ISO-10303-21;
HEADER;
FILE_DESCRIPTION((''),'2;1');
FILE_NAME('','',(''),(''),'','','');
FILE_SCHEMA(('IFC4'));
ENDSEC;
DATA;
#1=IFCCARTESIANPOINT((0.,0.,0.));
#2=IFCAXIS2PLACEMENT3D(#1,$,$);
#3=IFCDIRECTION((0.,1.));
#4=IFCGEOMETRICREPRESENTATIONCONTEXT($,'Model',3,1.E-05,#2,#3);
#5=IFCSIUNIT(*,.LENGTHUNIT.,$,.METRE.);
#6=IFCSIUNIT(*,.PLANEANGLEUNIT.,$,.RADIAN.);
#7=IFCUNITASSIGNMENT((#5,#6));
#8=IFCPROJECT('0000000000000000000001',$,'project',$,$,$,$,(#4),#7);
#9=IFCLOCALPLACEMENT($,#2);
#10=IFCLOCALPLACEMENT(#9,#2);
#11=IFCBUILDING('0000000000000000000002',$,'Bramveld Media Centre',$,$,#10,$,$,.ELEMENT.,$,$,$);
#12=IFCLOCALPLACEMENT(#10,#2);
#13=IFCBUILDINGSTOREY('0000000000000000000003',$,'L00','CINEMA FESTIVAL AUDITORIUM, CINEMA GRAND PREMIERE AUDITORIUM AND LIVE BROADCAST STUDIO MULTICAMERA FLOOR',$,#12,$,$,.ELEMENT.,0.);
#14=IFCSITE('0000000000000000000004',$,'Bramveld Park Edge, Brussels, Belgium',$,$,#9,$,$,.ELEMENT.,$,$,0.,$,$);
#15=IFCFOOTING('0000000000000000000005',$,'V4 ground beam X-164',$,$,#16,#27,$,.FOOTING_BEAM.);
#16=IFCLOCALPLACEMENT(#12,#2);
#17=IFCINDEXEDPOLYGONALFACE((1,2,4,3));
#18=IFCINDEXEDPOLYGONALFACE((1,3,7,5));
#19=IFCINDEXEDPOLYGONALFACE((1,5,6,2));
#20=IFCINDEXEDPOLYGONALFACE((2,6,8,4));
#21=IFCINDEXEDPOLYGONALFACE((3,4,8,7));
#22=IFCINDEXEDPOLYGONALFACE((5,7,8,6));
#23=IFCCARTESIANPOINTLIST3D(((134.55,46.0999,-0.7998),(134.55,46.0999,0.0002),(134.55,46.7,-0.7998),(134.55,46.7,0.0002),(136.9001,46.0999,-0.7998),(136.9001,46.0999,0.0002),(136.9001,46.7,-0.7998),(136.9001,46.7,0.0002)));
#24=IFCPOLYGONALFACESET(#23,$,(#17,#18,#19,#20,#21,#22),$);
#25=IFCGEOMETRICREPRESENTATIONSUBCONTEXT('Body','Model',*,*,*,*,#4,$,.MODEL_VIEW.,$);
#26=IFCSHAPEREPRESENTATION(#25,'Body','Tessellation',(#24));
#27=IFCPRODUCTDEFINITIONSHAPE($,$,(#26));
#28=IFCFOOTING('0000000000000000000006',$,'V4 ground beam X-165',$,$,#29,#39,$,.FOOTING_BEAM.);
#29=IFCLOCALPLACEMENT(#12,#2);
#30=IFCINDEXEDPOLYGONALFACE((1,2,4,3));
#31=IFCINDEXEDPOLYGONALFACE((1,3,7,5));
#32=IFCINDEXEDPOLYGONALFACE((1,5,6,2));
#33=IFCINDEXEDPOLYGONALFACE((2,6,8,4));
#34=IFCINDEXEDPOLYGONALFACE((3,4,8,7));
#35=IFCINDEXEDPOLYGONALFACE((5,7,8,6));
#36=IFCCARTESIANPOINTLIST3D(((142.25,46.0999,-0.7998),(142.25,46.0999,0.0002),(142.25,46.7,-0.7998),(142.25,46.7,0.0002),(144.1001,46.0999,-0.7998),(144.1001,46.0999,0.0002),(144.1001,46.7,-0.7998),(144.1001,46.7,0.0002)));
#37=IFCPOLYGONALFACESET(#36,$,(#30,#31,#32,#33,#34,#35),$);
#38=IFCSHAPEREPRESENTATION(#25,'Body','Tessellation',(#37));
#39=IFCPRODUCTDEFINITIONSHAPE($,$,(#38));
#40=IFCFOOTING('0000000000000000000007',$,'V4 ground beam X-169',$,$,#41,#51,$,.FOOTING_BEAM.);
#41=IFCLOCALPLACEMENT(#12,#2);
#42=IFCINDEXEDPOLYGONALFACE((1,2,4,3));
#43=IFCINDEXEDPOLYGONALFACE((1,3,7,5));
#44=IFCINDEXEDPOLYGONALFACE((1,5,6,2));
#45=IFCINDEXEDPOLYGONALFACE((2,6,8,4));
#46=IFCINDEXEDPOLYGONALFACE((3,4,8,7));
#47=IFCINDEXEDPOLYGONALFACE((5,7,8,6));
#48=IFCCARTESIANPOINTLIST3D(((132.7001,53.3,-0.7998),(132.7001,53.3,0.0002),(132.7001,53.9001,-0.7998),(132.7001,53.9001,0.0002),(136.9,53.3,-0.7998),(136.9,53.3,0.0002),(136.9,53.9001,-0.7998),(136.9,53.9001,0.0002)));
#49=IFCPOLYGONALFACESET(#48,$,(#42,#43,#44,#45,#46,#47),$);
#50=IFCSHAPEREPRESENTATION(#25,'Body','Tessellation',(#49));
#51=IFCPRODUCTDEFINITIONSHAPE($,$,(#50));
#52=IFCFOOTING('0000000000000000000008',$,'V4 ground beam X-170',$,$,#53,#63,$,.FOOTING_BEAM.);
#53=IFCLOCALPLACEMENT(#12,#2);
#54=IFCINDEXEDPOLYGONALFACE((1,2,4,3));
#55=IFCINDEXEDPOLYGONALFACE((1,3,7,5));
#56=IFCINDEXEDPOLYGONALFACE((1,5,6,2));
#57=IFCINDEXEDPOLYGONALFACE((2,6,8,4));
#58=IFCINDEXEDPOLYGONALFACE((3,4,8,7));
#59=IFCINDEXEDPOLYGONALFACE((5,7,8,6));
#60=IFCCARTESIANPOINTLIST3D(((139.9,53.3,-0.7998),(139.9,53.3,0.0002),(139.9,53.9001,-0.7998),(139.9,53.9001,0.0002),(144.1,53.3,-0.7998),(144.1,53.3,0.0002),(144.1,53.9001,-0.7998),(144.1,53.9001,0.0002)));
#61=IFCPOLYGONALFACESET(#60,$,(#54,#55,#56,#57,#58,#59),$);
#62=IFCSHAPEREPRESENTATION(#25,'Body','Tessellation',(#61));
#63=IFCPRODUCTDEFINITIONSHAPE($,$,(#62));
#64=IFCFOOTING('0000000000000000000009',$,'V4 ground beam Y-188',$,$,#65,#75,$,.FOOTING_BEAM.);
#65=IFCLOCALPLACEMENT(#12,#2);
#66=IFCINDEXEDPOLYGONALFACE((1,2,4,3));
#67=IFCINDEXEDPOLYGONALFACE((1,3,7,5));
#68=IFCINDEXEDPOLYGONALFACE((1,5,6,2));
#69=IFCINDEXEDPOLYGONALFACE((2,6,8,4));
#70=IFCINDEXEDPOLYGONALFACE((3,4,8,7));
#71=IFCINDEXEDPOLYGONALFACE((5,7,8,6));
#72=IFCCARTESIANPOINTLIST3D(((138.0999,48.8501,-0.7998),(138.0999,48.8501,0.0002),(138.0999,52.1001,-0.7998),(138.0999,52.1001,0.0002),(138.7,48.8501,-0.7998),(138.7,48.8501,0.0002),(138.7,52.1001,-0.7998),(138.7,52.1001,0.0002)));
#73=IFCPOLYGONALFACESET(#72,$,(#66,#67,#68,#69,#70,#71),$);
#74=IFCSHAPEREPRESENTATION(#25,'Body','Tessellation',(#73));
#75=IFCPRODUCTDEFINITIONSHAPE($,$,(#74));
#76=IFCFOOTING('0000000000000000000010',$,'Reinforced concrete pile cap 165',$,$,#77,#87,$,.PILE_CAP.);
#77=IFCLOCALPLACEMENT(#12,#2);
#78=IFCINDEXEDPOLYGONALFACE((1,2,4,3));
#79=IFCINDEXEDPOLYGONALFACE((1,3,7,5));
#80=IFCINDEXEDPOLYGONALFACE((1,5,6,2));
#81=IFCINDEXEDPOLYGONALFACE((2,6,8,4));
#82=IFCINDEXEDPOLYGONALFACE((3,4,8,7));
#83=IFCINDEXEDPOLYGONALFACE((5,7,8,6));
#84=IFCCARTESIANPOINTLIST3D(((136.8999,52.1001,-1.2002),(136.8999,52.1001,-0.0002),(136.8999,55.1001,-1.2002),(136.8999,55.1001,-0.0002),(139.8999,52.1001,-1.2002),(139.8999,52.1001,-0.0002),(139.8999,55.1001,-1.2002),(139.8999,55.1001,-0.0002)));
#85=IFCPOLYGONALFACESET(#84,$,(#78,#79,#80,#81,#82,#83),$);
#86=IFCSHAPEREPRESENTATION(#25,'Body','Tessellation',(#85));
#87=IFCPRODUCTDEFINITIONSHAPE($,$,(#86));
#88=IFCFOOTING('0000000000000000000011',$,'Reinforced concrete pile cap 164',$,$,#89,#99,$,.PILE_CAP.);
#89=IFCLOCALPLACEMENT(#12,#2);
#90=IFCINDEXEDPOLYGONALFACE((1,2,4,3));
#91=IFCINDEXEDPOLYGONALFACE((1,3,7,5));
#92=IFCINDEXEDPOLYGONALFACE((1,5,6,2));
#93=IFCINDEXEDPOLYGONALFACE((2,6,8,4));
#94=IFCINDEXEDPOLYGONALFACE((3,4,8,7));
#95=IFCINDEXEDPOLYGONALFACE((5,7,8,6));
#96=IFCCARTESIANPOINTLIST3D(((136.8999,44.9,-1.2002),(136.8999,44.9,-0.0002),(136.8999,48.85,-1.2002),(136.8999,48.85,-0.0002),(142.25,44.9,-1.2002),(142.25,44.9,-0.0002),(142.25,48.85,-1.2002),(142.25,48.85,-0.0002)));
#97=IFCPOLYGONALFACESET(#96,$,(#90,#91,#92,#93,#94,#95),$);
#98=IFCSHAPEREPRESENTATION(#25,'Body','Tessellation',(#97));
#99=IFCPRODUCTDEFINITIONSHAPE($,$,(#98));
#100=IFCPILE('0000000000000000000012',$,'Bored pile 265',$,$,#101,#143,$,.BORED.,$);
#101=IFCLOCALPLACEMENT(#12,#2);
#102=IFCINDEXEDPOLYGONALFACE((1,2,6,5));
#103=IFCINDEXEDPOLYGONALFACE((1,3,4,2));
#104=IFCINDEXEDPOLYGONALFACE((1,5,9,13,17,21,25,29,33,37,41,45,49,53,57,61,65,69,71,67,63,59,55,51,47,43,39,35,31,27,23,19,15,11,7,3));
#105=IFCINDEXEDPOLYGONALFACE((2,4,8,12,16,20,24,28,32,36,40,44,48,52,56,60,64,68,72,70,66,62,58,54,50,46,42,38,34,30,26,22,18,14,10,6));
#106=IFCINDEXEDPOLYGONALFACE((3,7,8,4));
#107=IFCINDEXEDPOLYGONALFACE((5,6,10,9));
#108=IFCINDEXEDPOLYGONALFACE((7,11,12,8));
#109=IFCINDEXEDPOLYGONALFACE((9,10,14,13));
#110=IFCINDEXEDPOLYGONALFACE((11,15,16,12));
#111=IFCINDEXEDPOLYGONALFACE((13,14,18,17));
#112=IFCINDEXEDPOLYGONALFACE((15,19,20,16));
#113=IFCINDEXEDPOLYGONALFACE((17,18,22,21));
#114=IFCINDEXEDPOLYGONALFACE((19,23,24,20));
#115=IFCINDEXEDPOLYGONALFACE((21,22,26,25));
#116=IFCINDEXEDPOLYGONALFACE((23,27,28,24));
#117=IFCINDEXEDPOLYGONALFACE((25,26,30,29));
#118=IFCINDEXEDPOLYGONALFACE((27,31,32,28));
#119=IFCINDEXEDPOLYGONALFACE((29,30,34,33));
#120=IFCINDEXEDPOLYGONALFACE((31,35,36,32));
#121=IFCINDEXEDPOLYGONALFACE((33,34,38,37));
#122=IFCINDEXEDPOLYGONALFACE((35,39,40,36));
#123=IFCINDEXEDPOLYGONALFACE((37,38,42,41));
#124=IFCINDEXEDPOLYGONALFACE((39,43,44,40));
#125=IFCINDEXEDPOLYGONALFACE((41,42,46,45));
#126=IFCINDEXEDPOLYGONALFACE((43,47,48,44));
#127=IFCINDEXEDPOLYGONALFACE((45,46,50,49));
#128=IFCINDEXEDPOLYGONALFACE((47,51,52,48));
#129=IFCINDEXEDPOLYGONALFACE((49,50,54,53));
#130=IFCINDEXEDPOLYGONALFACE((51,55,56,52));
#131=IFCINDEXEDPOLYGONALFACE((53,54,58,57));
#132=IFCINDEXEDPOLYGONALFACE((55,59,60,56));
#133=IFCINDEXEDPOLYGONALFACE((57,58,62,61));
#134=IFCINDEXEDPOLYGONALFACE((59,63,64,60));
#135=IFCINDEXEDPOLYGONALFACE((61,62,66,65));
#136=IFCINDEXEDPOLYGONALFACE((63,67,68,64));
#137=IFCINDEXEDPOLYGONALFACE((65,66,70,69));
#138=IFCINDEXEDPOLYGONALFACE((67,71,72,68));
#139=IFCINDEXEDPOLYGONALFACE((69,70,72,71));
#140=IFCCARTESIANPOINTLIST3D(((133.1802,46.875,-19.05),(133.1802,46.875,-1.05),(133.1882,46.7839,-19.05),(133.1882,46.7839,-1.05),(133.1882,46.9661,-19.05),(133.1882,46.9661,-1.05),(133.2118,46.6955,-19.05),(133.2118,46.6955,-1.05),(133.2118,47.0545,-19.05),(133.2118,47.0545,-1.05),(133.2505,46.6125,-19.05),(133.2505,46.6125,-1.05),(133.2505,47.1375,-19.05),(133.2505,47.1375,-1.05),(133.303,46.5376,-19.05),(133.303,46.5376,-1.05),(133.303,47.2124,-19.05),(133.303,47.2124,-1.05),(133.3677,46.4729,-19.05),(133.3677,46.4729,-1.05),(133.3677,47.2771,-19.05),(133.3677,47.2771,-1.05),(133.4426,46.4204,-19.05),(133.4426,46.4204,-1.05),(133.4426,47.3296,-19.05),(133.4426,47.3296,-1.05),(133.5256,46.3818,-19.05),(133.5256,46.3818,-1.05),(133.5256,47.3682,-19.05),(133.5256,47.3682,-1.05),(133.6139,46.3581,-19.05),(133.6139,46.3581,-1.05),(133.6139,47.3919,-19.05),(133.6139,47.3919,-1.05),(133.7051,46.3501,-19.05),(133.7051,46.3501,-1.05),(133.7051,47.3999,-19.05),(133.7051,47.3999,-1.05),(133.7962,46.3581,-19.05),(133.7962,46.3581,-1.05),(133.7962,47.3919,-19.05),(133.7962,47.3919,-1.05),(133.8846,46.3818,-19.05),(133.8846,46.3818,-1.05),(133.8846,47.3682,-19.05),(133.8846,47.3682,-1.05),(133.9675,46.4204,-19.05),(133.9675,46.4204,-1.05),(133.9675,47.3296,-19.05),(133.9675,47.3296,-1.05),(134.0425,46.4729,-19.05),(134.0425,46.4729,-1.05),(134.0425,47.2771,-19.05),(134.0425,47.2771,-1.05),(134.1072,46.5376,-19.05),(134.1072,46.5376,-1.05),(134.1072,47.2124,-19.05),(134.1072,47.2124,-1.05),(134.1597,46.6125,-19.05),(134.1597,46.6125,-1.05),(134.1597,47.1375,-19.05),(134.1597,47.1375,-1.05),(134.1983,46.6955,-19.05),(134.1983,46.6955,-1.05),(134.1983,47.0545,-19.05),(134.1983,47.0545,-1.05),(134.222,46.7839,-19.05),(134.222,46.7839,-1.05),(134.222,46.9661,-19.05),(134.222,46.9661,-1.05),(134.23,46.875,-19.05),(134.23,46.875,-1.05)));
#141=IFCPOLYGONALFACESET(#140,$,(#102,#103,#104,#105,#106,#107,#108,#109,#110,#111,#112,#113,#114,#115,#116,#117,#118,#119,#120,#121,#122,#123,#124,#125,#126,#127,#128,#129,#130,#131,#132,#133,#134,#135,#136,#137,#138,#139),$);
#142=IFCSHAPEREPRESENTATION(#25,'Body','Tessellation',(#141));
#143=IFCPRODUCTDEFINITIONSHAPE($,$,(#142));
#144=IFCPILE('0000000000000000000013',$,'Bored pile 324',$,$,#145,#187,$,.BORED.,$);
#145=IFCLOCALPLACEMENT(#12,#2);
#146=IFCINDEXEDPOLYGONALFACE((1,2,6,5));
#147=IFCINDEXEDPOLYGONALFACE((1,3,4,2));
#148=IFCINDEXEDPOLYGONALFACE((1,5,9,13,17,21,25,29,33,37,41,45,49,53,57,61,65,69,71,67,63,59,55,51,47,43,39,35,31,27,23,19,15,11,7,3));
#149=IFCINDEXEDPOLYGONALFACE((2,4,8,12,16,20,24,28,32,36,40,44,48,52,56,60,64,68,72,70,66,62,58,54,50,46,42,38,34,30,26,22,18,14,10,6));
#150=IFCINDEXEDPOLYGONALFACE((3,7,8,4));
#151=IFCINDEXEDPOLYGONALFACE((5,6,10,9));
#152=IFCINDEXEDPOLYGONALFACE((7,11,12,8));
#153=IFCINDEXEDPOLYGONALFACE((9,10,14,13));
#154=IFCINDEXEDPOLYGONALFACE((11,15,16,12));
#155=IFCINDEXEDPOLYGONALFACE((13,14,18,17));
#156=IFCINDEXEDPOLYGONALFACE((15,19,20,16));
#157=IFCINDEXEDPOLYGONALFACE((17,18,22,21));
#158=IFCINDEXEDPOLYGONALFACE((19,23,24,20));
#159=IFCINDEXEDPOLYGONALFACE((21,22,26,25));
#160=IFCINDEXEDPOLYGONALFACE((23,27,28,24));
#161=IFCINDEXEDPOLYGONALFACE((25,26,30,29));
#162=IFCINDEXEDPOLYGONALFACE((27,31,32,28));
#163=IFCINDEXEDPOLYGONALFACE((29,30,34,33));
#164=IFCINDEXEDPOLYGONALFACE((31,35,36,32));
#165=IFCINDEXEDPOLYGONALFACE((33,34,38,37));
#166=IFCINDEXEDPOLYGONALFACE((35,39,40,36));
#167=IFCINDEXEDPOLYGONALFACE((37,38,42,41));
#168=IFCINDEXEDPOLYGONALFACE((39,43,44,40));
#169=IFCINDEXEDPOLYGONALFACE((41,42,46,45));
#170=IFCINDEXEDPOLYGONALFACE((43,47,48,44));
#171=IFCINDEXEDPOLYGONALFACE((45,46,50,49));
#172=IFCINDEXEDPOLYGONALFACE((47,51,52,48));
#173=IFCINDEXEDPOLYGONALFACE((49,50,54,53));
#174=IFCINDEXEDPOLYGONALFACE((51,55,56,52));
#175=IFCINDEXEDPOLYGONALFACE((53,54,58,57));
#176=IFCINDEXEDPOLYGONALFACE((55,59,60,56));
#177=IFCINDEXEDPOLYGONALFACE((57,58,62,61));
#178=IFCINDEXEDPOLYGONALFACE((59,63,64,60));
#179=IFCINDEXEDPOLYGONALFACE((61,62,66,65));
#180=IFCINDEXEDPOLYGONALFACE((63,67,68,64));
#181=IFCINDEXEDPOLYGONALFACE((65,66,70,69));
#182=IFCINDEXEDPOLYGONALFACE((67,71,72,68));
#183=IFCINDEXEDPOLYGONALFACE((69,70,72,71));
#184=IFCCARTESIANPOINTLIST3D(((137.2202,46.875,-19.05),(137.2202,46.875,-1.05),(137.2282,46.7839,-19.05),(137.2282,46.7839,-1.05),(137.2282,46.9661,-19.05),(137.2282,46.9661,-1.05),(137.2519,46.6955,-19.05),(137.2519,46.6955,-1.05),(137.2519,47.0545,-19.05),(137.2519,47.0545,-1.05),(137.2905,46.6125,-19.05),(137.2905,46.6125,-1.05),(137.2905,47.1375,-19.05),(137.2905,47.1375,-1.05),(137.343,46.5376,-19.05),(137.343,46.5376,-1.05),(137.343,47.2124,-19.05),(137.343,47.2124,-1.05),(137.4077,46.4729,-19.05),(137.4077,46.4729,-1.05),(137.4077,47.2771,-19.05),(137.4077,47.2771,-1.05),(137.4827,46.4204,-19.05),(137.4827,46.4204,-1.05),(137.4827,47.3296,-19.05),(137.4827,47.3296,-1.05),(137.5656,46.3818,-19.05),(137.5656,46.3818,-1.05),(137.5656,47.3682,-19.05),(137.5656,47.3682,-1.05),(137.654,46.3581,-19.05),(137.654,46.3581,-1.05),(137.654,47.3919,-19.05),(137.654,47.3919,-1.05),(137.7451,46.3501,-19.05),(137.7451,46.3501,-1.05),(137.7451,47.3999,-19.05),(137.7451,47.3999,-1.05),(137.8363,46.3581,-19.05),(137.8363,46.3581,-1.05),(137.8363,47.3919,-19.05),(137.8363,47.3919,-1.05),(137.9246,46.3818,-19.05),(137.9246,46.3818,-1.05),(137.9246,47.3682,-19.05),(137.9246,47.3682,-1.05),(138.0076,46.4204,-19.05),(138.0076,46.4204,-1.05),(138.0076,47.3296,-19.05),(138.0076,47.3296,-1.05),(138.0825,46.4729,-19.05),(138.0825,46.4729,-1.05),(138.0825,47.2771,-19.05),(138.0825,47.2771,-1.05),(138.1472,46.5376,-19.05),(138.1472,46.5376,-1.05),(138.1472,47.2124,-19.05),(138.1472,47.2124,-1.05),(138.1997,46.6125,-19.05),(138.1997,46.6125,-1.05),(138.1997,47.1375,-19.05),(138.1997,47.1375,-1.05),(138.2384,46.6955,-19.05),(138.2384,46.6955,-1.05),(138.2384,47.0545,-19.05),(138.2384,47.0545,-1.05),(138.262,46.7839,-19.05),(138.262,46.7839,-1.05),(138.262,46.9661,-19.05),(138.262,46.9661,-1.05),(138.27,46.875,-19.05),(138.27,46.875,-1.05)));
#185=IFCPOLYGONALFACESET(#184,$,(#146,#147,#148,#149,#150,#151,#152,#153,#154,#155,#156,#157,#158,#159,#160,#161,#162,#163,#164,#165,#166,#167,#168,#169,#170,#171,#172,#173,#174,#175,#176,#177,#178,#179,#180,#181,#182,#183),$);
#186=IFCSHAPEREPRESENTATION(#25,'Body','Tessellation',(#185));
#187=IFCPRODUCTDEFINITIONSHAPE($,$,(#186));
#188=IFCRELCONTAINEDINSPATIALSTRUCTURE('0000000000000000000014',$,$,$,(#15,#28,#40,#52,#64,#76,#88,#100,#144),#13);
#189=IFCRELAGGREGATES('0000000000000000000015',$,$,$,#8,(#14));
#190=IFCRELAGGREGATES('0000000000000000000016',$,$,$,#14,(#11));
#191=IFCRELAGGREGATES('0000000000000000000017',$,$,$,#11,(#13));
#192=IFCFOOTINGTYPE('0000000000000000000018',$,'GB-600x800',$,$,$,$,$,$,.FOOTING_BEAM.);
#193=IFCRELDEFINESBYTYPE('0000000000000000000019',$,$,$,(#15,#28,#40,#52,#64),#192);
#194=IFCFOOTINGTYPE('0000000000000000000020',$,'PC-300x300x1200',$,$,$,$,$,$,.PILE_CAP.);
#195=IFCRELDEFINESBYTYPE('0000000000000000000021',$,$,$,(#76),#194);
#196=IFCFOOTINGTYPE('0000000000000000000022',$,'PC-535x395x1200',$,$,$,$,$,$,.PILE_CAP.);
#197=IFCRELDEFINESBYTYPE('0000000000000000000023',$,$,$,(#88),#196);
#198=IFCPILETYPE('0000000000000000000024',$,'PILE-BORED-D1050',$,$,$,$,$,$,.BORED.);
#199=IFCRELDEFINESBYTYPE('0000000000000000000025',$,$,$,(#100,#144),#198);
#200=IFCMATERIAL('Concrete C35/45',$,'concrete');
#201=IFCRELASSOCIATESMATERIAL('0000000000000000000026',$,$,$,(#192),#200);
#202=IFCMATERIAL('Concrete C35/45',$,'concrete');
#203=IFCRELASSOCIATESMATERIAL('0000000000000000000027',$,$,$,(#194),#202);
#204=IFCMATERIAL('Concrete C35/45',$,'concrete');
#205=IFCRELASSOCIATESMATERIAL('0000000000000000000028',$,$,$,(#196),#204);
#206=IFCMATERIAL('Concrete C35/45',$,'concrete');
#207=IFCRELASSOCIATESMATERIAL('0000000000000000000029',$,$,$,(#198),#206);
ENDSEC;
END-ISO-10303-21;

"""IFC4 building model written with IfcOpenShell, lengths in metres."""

from ifc_helpers import new_model, si_unit, direction, frame, origin, origin_2d, place, context, subcontext, project, spatial, rectangle, circle, extrude, material, material_profile, profile_set, type_object, element, save


model = new_model("IFC4")

# Units and contexts
model_context = context("Model", 3, precision=1e-05, world=origin(), true_north=direction((0.0, 1.0)))
body_context = subcontext(model_context, "Body", "Model", "MODEL_VIEW")
ifc_project = project(units=[si_unit("LENGTHUNIT", "METRE"), si_unit("PLANEANGLEUNIT", "RADIAN")], contexts=[model_context])

# Site, building, storey
site_placement = place(None, origin())
site = spatial("IfcSite", under=ifc_project, at=site_placement, Name="Bramveld Park Edge, Brussels, Belgium", CompositionType="ELEMENT", RefElevation=0.0)
building_placement = place(site_placement, origin())
building = spatial("IfcBuilding", under=site, at=building_placement, Name="Bramveld Media Centre", CompositionType="ELEMENT")
storey_placement = place(building_placement, origin())
storey = spatial("IfcBuildingStorey", under=building, at=storey_placement, Name="L00", Description="CINEMA FESTIVAL AUDITORIUM, CINEMA GRAND PREMIERE AUDITORIUM AND LIVE BROADCAST STUDIO MULTICAMERA FLOOR", CompositionType="ELEMENT", Elevation=0.0)

# Footings
ifc_material_1 = material(Name="Concrete C35/45", Category="concrete")
footing_type_1 = type_object("IfcFootingType", Name="GB-600x800", PredefinedType="FOOTING_BEAM", material=ifc_material_1)
footing_1_placement = place(storey_placement, frame((135.7251, 46.3999, -0.7998), z_axis=(0.0, 0.0, 1.0), x_axis=(1.0, 0.0, 0.0)))
element("IfcFooting", 1, at=footing_1_placement, inside=storey, type_object=footing_type_1, Name="V4 ground beam X-164", PredefinedType="FOOTING_BEAM", context=body_context, shape_type="SweptSolid", body=[
    extrude(rectangle(XDim=2.3501, YDim=0.6001, at=origin_2d()), origin(), (0.0, 0.0, 1.0), 0.8),
])
footing_2_placement = place(storey_placement, frame((143.175, 46.3999, -0.7998), z_axis=(0.0, 0.0, 1.0), x_axis=(1.0, 0.0, 0.0)))
element("IfcFooting", 2, at=footing_2_placement, inside=storey, type_object=footing_type_1, Name="V4 ground beam X-165", PredefinedType="FOOTING_BEAM", context=body_context, shape_type="SweptSolid", body=[
    extrude(rectangle(XDim=1.8501, YDim=0.6001, at=origin_2d()), origin(), (0.0, 0.0, 1.0), 0.8),
])
for number, where, z_axis, x_axis, name in (
    (3, (134.8, 53.6001, -0.7998), (0.0, 0.0, 1.0), (1.0, 0.0, 0.0), "V4 ground beam X-169"),
    (4, (142.0, 53.6001, -0.7998), (0.0, 0.0, 1.0), (1.0, 0.0, 0.0), "V4 ground beam X-170"),
):
    element("IfcFooting", number, at=place(storey_placement, frame(where, z_axis=z_axis, x_axis=x_axis)), inside=storey, type_object=footing_type_1, Name=name, PredefinedType="FOOTING_BEAM", context=body_context, shape_type="SweptSolid", body=[
        extrude(rectangle(XDim=4.2, YDim=0.6001, at=origin_2d()), origin(), (0.0, 0.0, 1.0), 0.8),
    ])
footing_3_placement = place(storey_placement, frame((138.3999, 50.4751, -0.7998), z_axis=(0.0, 0.0, 1.0), x_axis=(1.0, 0.0, 0.0)))
element("IfcFooting", 5, at=footing_3_placement, inside=storey, type_object=footing_type_1, Name="V4 ground beam Y-188", PredefinedType="FOOTING_BEAM", context=body_context, shape_type="SweptSolid", body=[
    extrude(rectangle(XDim=0.6001, YDim=3.25, at=origin_2d()), origin(), (0.0, 0.0, 1.0), 0.8),
])
ifc_material_2 = material(Name="Concrete C35/45", Category="concrete")
footing_type_2 = type_object("IfcFootingType", Name="PC-300x300x1200", PredefinedType="PILE_CAP", material=ifc_material_2)
footing_4_placement = place(storey_placement, frame((138.3999, 53.6001, -1.2002), z_axis=(0.0, 0.0, 1.0), x_axis=(1.0, 0.0, 0.0)))
element("IfcFooting", 6, at=footing_4_placement, inside=storey, type_object=footing_type_2, Name="Reinforced concrete pile cap 165", PredefinedType="PILE_CAP", context=body_context, shape_type="SweptSolid", body=[
    extrude(rectangle(XDim=3.0, YDim=3.0, at=origin_2d()), origin(), (0.0, 0.0, 1.0), 1.2),
])
ifc_material_3 = material(Name="Concrete C35/45", Category="concrete")
footing_type_3 = type_object("IfcFootingType", Name="PC-535x395x1200", PredefinedType="PILE_CAP", material=ifc_material_3)
footing_5_placement = place(storey_placement, frame((139.575, 46.875, -1.2002), z_axis=(0.0, 0.0, 1.0), x_axis=(1.0, 0.0, 0.0)))
element("IfcFooting", 7, at=footing_5_placement, inside=storey, type_object=footing_type_3, Name="Reinforced concrete pile cap 164", PredefinedType="PILE_CAP", context=body_context, shape_type="SweptSolid", body=[
    extrude(rectangle(XDim=5.3501, YDim=3.95, at=origin_2d()), origin(), (0.0, 0.0, 1.0), 1.2),
])

# Piles
ifc_material_4 = material(Name="Concrete C35/45", Category="concrete")
ifc_material_profile_1 = material_profile(ifc_material_4, circle(Radius=0.5249, at=origin_2d()), Name="BORED D1050")
ifc_profile_set_1 = profile_set([ifc_material_profile_1], Name="Concrete C35/45")
pile_type_1 = type_object("IfcPileType", Name="PILE-BORED-D1050", PredefinedType="BORED", material=ifc_profile_set_1)
for number, where, z_axis, x_axis, name in (
    (8, (133.7051, 46.875, -1.05), (0.0, 0.0, -1.0), (1.0, 0.0, 0.0), "Bored pile 265"),
    (9, (137.7451, 46.875, -1.05), (0.0, 0.0, -1.0), (1.0, 0.0, 0.0), "Bored pile 324"),
):
    element("IfcPile", number, at=place(storey_placement, frame(where, z_axis=z_axis, x_axis=x_axis)), inside=storey, type_object=pile_type_1, Name=name, PredefinedType="BORED", context=body_context, shape_type="SweptSolid", body=[
        extrude(circle(Radius=0.5249, at=origin_2d()), origin(), (0.0, 0.0, 1.0), 18.0),
    ])

save(model, "model.ifc")
